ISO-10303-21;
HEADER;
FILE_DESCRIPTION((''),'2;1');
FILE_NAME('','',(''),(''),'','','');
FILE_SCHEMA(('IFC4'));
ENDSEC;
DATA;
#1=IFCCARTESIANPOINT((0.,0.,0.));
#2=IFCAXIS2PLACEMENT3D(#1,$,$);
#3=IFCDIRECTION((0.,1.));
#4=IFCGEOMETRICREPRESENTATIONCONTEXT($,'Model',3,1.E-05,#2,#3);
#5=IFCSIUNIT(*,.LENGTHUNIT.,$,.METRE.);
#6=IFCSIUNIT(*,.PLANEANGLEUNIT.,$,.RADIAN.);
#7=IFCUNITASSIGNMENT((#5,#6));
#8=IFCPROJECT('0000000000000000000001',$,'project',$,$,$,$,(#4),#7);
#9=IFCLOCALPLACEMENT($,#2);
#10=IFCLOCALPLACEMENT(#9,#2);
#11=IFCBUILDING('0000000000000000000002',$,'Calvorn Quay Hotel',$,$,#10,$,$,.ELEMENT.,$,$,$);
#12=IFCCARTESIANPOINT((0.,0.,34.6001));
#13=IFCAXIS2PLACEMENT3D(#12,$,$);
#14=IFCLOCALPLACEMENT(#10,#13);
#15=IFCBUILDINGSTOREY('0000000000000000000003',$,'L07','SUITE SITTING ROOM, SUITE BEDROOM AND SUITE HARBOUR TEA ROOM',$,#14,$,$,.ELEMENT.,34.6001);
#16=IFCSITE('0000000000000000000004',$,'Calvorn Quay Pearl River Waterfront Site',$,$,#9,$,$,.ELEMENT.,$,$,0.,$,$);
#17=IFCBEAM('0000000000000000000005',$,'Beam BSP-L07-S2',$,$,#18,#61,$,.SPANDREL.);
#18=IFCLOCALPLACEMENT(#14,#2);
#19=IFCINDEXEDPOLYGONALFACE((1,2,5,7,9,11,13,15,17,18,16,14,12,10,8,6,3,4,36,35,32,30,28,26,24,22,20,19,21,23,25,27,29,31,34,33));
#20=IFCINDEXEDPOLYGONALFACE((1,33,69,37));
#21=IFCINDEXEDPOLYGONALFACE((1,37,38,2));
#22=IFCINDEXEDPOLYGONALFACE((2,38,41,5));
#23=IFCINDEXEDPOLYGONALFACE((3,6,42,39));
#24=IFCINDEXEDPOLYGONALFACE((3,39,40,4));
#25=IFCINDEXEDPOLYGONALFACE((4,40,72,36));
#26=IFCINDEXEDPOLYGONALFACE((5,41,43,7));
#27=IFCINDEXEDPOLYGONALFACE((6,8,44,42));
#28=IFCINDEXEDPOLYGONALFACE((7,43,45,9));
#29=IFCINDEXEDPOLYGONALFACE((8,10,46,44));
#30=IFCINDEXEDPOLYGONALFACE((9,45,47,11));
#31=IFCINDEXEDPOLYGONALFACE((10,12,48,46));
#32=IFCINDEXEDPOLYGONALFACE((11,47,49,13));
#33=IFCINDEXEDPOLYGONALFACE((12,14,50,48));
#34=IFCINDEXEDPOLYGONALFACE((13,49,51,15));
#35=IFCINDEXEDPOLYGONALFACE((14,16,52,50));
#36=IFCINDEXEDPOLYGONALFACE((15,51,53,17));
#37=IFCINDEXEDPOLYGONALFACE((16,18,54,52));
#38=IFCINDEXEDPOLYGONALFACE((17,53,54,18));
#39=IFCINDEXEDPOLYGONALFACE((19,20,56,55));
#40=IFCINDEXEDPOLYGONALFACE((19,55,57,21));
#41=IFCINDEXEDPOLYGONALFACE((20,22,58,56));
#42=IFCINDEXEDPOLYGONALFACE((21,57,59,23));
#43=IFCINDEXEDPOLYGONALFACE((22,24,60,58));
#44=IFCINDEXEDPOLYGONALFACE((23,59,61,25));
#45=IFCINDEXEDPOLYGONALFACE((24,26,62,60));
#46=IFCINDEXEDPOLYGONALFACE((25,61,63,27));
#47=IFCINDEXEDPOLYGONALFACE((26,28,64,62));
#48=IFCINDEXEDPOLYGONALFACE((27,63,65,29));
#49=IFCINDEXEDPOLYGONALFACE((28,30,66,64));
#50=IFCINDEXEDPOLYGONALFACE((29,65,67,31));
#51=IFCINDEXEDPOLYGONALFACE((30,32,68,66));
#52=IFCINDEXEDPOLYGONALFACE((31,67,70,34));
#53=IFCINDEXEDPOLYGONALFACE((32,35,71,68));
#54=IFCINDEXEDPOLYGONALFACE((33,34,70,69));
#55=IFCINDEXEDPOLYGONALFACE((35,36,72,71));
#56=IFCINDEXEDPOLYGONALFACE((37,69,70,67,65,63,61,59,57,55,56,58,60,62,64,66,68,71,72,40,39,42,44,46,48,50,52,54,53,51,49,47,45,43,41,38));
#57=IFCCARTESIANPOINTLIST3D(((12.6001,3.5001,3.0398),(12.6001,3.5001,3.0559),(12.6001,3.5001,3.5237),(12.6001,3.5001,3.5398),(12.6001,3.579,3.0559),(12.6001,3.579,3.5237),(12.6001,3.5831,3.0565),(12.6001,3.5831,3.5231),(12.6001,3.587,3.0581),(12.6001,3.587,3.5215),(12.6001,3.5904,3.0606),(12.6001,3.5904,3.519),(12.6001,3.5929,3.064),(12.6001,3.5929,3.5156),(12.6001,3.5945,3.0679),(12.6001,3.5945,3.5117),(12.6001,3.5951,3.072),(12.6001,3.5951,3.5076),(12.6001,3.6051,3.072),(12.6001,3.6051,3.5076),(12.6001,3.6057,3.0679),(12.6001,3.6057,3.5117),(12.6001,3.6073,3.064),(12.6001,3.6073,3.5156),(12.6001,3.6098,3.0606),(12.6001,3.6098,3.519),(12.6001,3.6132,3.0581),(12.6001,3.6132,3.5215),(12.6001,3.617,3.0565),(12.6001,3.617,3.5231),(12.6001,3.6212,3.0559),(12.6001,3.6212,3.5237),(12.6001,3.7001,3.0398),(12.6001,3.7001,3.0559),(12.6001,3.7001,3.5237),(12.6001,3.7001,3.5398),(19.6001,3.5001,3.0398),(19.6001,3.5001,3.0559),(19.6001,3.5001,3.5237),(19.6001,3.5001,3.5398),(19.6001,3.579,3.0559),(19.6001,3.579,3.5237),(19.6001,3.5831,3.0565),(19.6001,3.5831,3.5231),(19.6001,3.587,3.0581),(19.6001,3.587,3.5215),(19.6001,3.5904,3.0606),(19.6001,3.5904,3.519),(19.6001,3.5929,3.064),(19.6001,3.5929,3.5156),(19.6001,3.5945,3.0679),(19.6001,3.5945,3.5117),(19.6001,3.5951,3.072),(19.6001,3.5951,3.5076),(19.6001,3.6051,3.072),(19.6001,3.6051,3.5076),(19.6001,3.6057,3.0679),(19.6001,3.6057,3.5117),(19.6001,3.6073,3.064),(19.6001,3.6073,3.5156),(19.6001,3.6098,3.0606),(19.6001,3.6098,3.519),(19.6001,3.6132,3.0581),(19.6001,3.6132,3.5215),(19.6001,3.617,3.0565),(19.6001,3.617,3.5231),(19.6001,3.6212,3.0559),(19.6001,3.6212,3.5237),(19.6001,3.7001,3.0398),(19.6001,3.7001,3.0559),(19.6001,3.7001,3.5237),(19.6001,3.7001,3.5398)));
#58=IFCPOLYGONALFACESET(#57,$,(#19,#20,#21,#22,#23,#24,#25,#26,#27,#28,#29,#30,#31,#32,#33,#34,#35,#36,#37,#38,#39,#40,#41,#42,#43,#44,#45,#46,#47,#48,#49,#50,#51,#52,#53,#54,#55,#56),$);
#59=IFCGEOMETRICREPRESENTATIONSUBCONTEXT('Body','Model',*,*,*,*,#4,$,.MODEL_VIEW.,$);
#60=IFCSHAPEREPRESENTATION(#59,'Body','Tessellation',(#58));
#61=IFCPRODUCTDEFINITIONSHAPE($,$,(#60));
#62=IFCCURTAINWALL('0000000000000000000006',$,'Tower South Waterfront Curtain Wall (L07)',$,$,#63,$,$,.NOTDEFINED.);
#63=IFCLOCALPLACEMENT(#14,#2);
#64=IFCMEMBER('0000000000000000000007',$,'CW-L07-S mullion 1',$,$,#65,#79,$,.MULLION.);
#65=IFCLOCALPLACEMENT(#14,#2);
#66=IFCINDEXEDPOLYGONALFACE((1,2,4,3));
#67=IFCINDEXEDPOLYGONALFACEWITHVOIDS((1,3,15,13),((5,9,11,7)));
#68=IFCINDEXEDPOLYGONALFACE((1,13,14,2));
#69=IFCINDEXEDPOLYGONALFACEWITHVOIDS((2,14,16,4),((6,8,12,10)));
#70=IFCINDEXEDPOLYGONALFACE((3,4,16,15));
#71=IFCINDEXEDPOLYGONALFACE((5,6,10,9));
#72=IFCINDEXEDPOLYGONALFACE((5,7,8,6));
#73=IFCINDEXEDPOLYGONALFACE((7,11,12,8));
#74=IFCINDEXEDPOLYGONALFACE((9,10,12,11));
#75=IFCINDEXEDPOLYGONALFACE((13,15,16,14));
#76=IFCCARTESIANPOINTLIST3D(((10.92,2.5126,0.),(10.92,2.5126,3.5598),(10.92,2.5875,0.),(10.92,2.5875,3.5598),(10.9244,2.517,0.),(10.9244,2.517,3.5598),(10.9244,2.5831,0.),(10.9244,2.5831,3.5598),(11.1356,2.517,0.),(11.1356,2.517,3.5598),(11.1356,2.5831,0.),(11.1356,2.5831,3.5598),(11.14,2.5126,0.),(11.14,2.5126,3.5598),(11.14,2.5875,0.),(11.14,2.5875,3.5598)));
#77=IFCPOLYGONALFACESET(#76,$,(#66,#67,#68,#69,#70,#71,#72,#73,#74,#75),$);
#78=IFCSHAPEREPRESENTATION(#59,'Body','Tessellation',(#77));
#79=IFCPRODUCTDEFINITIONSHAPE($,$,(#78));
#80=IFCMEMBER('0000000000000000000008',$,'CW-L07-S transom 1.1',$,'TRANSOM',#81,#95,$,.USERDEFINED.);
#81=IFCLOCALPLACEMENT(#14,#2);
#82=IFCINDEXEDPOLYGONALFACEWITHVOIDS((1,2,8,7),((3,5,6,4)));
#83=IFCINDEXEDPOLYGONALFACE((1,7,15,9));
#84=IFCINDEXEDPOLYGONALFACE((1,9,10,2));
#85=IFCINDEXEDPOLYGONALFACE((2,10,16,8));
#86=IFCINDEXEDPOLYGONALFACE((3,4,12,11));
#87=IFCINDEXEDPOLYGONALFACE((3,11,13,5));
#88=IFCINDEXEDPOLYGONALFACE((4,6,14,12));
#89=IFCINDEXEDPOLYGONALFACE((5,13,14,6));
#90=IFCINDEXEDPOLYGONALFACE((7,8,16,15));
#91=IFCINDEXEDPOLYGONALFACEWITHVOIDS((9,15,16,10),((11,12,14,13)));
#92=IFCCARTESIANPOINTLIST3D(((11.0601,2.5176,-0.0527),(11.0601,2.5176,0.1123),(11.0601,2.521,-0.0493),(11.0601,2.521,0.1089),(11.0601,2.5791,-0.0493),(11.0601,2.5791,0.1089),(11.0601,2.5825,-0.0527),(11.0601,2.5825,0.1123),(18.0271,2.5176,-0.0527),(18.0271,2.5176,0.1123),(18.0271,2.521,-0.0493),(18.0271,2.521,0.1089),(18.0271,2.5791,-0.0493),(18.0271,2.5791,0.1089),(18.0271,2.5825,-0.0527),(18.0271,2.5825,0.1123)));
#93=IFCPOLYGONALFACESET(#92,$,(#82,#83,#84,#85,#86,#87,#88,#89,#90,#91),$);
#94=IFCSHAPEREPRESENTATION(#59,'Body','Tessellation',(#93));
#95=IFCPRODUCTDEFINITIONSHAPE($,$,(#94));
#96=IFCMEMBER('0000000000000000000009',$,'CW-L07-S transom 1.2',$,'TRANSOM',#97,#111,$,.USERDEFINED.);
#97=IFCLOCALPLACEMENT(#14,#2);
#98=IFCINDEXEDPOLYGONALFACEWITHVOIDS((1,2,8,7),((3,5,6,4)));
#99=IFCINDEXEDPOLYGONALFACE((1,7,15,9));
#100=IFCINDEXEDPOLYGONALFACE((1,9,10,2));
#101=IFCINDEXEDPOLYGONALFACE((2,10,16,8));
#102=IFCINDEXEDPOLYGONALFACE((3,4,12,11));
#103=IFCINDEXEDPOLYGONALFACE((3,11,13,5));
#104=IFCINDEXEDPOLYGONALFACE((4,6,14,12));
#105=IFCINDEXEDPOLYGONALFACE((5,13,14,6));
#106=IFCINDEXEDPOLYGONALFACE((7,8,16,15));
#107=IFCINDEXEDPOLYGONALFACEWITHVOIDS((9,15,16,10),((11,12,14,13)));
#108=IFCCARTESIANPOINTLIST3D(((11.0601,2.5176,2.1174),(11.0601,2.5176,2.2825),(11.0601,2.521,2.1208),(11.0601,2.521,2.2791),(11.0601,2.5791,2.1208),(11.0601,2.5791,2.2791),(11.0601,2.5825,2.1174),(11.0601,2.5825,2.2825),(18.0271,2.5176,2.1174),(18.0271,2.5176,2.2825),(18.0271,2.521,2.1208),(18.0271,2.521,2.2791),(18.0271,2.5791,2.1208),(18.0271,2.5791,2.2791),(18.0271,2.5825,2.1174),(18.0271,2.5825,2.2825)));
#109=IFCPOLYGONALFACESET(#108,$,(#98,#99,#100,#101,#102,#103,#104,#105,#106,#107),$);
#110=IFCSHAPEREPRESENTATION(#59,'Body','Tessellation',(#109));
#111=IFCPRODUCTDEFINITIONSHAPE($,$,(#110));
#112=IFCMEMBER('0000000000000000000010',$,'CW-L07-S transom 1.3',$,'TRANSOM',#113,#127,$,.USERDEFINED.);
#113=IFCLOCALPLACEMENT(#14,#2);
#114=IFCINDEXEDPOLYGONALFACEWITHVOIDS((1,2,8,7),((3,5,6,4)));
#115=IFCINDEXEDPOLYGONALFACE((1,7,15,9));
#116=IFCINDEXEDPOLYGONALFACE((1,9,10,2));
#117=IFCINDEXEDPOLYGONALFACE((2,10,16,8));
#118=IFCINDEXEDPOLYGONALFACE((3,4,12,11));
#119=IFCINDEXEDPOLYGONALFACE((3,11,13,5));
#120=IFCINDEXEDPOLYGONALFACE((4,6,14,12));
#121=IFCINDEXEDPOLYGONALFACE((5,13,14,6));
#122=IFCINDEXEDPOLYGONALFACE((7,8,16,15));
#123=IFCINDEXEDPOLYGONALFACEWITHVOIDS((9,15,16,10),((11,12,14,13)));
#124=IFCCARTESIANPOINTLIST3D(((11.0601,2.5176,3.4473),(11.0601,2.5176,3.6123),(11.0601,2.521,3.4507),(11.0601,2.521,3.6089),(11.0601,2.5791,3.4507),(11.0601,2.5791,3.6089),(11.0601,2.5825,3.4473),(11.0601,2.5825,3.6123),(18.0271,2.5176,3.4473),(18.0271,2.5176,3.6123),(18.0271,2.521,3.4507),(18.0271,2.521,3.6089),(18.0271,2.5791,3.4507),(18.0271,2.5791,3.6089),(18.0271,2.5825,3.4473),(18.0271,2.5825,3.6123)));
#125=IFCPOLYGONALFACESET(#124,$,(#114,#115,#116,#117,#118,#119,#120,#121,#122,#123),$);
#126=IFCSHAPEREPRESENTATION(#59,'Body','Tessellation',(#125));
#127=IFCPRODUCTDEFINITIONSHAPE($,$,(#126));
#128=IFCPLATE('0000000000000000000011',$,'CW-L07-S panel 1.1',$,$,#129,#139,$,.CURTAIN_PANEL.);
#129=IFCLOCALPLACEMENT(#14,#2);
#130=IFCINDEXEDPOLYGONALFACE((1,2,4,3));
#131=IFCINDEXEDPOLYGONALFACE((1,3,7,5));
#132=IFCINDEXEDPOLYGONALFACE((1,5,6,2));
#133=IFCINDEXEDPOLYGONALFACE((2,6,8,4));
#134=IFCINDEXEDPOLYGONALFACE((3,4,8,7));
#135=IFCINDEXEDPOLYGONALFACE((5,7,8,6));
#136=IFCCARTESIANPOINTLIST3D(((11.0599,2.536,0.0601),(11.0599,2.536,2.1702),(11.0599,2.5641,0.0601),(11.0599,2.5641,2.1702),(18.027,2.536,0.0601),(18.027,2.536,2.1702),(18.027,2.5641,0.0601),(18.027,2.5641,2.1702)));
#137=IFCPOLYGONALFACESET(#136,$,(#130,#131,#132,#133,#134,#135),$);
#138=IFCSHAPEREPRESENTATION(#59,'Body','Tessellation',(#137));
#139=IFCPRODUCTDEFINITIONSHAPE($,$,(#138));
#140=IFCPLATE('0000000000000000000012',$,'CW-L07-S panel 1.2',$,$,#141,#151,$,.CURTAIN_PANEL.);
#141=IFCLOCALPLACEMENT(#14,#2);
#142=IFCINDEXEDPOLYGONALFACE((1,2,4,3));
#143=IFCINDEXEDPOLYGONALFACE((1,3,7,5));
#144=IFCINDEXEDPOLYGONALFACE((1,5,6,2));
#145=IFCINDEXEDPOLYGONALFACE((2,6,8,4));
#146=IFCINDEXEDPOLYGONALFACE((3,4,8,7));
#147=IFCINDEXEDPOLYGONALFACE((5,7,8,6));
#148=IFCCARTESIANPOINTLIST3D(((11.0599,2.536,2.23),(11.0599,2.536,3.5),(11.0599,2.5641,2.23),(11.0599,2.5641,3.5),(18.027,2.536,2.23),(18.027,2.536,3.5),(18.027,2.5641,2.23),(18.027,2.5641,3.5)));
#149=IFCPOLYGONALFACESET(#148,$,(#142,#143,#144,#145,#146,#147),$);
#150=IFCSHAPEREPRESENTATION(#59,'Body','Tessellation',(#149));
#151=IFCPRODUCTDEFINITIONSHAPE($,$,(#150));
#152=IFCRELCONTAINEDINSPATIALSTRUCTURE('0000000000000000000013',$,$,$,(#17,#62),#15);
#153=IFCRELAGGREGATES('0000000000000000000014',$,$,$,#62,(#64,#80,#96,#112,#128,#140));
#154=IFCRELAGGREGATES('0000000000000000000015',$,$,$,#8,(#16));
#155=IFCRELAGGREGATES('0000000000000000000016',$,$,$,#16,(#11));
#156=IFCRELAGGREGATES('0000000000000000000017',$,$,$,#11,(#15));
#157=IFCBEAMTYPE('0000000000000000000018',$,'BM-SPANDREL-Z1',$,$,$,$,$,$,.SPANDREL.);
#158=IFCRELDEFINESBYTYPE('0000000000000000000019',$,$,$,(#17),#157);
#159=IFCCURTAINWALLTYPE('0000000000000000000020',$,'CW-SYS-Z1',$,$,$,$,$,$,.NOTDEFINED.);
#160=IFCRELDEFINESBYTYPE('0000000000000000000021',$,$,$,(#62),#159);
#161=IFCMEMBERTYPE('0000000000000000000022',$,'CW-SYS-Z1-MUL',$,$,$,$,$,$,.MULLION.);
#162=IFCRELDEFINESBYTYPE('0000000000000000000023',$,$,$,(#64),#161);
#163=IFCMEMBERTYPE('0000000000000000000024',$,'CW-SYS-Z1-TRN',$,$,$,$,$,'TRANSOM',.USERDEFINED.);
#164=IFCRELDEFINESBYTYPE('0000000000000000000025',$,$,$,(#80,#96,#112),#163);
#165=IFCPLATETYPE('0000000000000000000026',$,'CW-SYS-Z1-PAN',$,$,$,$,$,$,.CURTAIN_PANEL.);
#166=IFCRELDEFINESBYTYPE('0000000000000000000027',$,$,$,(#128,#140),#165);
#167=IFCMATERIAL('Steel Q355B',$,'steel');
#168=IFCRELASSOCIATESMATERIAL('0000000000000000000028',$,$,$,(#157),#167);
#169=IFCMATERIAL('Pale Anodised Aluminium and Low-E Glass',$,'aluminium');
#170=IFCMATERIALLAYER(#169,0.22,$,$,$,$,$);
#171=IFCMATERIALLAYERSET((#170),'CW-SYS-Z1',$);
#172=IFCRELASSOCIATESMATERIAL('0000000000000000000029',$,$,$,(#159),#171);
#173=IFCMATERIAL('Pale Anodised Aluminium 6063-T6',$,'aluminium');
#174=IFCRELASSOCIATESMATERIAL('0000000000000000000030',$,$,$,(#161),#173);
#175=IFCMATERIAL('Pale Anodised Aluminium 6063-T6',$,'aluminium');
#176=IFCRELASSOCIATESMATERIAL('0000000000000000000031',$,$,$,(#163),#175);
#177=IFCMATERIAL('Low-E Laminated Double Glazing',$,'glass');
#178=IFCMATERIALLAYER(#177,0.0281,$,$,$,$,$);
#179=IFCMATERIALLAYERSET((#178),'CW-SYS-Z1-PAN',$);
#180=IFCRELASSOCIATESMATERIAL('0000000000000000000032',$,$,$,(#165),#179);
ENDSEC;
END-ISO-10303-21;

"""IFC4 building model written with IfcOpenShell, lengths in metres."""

from ifc_helpers import new_model, si_unit, direction, frame, origin, origin_2d, place, context, subcontext, project, spatial, rectangle, hollow_rectangle, i_section, extrude, material, layer, layer_set, material_profile, profile_set, type_object, element, aggregate, save


model = new_model("IFC4")

# Units and contexts
model_context = context("Model", 3, precision=1e-05, world=origin(), true_north=direction((0.0, 1.0)))
body_context = subcontext(model_context, "Body", "Model", "MODEL_VIEW")
ifc_project = project(units=[si_unit("LENGTHUNIT", "METRE"), si_unit("PLANEANGLEUNIT", "RADIAN")], contexts=[model_context])

# Site, building, storey
site_placement = place(None, origin())
site = spatial("IfcSite", under=ifc_project, at=site_placement, Name="Calvorn Quay Pearl River Waterfront Site", CompositionType="ELEMENT", RefElevation=0.0)
building_placement = place(site_placement, origin())
building = spatial("IfcBuilding", under=site, at=building_placement, Name="Calvorn Quay Hotel", CompositionType="ELEMENT")
storey_placement = place(building_placement, frame((0.0, 0.0, 34.6001)))
storey = spatial("IfcBuildingStorey", under=building, at=storey_placement, Name="L07", Description="SUITE SITTING ROOM, SUITE BEDROOM AND SUITE HARBOUR TEA ROOM", CompositionType="ELEMENT", Elevation=34.6001)

# Beam
ifc_material_1 = material(Name="Steel Q355B", Category="steel")
ifc_material_profile_1 = material_profile(ifc_material_1, i_section(OverallWidth=0.2, OverallDepth=0.5, WebThickness=0.01, FlangeThickness=0.0161, FilletRadius=0.0161, at=origin_2d()), Name="HN500x200x10x16")
ifc_profile_set_1 = profile_set([ifc_material_profile_1], Name="Steel Q355B")
beam_type_1 = type_object("IfcBeamType", Name="BM-SPANDREL-Z1", PredefinedType="SPANDREL", material=ifc_profile_set_1)
beam_1_placement = place(storey_placement, frame((12.6001, 3.6001, 3.2898), z_axis=(1.0, 0.0, 0.0), x_axis=(0.0, 1.0, 0.0)))
element("IfcBeam", 1, at=beam_1_placement, inside=storey, type_object=beam_type_1, Name="Beam BSP-L07-S2", PredefinedType="SPANDREL", context=body_context, shape_type="SweptSolid", body=[
    extrude(i_section(OverallWidth=0.2, OverallDepth=0.5, WebThickness=0.01, FlangeThickness=0.0161, FilletRadius=0.0161, at=origin_2d()), origin(), (0.0, 0.0, 1.0), 7.0),
])

# Curtain wall, members, plates
ifc_material_2 = material(Name="Pale Anodised Aluminium and Low-E Glass", Category="aluminium")
ifc_layer_1 = layer(ifc_material_2, 0.22)
ifc_layer_set_1 = layer_set([ifc_layer_1], Name="CW-SYS-Z1")
curtain_wall_type = type_object("IfcCurtainWallType", Name="CW-SYS-Z1", PredefinedType="NOTDEFINED", material=ifc_layer_set_1)
curtain_wall_placement = place(storey_placement, origin())
curtain_wall = element("IfcCurtainWall", 2, at=curtain_wall_placement, inside=storey, type_object=curtain_wall_type, Name="Tower South Waterfront Curtain Wall (L07)", PredefinedType="NOTDEFINED")
ifc_material_3 = material(Name="Pale Anodised Aluminium 6063-T6", Category="aluminium")
ifc_material_profile_2 = material_profile(ifc_material_3, hollow_rectangle(XDim=0.075, YDim=0.22, WallThickness=0.0044, at=origin_2d()), Name="ALU-M220x75x4.5")
ifc_profile_set_2 = profile_set([ifc_material_profile_2], Name="Pale Anodised Aluminium 6063-T6")
member_type_1 = type_object("IfcMemberType", Name="CW-SYS-Z1-MUL", PredefinedType="MULLION", material=ifc_profile_set_2)
member_1_placement = place(storey_placement, frame((11.03, 2.55, 0.0), z_axis=(0.0, 0.0, 1.0), x_axis=(0.0, 1.0, 0.0)))
member_1 = element("IfcMember", 3, at=member_1_placement, type_object=member_type_1, Name="CW-L07-S mullion 1", PredefinedType="MULLION", context=body_context, shape_type="SweptSolid", body=[
    extrude(hollow_rectangle(XDim=0.075, YDim=0.22, WallThickness=0.0044, at=origin_2d()), origin(), (0.0, 0.0, 1.0), 3.5598),
])
ifc_material_4 = material(Name="Pale Anodised Aluminium 6063-T6", Category="aluminium")
ifc_material_profile_3 = material_profile(ifc_material_4, hollow_rectangle(XDim=0.0649, YDim=0.165, WallThickness=0.0034, at=origin_2d()), Name="ALU-T165x65x3.5")
ifc_profile_set_3 = profile_set([ifc_material_profile_3], Name="Pale Anodised Aluminium 6063-T6")
member_type_2 = type_object("IfcMemberType", Name="CW-SYS-Z1-TRN", ElementType="TRANSOM", PredefinedType="USERDEFINED", material=ifc_profile_set_3)
member_2_placement = place(storey_placement, frame((11.0601, 2.55, 0.0298), z_axis=(1.0, 0.0, 0.0), x_axis=(0.0, 1.0, 0.0)))
member_2 = element("IfcMember", 4, at=member_2_placement, type_object=member_type_2, Name="CW-L07-S transom 1.1", ObjectType="TRANSOM", PredefinedType="USERDEFINED", context=body_context, shape_type="SweptSolid", body=[
    extrude(hollow_rectangle(XDim=0.0649, YDim=0.165, WallThickness=0.0034, at=origin_2d()), origin(), (0.0, 0.0, 1.0), 6.967),
])
member_3_placement = place(storey_placement, frame((11.0601, 2.55, 2.2), z_axis=(1.0, 0.0, 0.0), x_axis=(0.0, 1.0, 0.0)))
member_3 = element("IfcMember", 5, at=member_3_placement, type_object=member_type_2, Name="CW-L07-S transom 1.2", ObjectType="TRANSOM", PredefinedType="USERDEFINED", context=body_context, shape_type="SweptSolid", body=[
    extrude(hollow_rectangle(XDim=0.0649, YDim=0.165, WallThickness=0.0034, at=origin_2d()), origin(), (0.0, 0.0, 1.0), 6.967),
])
member_4_placement = place(storey_placement, frame((11.0601, 2.55, 3.5298), z_axis=(1.0, 0.0, 0.0), x_axis=(0.0, 1.0, 0.0)))
member_4 = element("IfcMember", 6, at=member_4_placement, type_object=member_type_2, Name="CW-L07-S transom 1.3", ObjectType="TRANSOM", PredefinedType="USERDEFINED", context=body_context, shape_type="SweptSolid", body=[
    extrude(hollow_rectangle(XDim=0.0649, YDim=0.165, WallThickness=0.0034, at=origin_2d()), origin(), (0.0, 0.0, 1.0), 6.967),
])
ifc_material_5 = material(Name="Low-E Laminated Double Glazing", Category="glass")
ifc_layer_2 = layer(ifc_material_5, 0.0281)
ifc_layer_set_2 = layer_set([ifc_layer_2], Name="CW-SYS-Z1-PAN")
plate_type = type_object("IfcPlateType", Name="CW-SYS-Z1-PAN", PredefinedType="CURTAIN_PANEL", material=ifc_layer_set_2)
plate_1_placement = place(storey_placement, frame((14.5435, 2.55, 0.0601), z_axis=(0.0, 0.0, 1.0), x_axis=(1.0, 0.0, 0.0)))
plate_1 = element("IfcPlate", 7, at=plate_1_placement, type_object=plate_type, Name="CW-L07-S panel 1.1", PredefinedType="CURTAIN_PANEL", context=body_context, shape_type="SweptSolid", body=[
    extrude(rectangle(XDim=6.967, YDim=0.0281, at=origin_2d()), origin(), (0.0, 0.0, 1.0), 2.1101),
])
plate_2_placement = place(storey_placement, frame((14.5435, 2.55, 2.23), z_axis=(0.0, 0.0, 1.0), x_axis=(1.0, 0.0, 0.0)))
plate_2 = element("IfcPlate", 8, at=plate_2_placement, type_object=plate_type, Name="CW-L07-S panel 1.2", PredefinedType="CURTAIN_PANEL", context=body_context, shape_type="SweptSolid", body=[
    extrude(rectangle(XDim=6.967, YDim=0.0281, at=origin_2d()), origin(), (0.0, 0.0, 1.0), 1.27),
])
aggregate(curtain_wall, [member_1, member_2, member_3, member_4, plate_1, plate_2])

save(model, "model.ifc")
